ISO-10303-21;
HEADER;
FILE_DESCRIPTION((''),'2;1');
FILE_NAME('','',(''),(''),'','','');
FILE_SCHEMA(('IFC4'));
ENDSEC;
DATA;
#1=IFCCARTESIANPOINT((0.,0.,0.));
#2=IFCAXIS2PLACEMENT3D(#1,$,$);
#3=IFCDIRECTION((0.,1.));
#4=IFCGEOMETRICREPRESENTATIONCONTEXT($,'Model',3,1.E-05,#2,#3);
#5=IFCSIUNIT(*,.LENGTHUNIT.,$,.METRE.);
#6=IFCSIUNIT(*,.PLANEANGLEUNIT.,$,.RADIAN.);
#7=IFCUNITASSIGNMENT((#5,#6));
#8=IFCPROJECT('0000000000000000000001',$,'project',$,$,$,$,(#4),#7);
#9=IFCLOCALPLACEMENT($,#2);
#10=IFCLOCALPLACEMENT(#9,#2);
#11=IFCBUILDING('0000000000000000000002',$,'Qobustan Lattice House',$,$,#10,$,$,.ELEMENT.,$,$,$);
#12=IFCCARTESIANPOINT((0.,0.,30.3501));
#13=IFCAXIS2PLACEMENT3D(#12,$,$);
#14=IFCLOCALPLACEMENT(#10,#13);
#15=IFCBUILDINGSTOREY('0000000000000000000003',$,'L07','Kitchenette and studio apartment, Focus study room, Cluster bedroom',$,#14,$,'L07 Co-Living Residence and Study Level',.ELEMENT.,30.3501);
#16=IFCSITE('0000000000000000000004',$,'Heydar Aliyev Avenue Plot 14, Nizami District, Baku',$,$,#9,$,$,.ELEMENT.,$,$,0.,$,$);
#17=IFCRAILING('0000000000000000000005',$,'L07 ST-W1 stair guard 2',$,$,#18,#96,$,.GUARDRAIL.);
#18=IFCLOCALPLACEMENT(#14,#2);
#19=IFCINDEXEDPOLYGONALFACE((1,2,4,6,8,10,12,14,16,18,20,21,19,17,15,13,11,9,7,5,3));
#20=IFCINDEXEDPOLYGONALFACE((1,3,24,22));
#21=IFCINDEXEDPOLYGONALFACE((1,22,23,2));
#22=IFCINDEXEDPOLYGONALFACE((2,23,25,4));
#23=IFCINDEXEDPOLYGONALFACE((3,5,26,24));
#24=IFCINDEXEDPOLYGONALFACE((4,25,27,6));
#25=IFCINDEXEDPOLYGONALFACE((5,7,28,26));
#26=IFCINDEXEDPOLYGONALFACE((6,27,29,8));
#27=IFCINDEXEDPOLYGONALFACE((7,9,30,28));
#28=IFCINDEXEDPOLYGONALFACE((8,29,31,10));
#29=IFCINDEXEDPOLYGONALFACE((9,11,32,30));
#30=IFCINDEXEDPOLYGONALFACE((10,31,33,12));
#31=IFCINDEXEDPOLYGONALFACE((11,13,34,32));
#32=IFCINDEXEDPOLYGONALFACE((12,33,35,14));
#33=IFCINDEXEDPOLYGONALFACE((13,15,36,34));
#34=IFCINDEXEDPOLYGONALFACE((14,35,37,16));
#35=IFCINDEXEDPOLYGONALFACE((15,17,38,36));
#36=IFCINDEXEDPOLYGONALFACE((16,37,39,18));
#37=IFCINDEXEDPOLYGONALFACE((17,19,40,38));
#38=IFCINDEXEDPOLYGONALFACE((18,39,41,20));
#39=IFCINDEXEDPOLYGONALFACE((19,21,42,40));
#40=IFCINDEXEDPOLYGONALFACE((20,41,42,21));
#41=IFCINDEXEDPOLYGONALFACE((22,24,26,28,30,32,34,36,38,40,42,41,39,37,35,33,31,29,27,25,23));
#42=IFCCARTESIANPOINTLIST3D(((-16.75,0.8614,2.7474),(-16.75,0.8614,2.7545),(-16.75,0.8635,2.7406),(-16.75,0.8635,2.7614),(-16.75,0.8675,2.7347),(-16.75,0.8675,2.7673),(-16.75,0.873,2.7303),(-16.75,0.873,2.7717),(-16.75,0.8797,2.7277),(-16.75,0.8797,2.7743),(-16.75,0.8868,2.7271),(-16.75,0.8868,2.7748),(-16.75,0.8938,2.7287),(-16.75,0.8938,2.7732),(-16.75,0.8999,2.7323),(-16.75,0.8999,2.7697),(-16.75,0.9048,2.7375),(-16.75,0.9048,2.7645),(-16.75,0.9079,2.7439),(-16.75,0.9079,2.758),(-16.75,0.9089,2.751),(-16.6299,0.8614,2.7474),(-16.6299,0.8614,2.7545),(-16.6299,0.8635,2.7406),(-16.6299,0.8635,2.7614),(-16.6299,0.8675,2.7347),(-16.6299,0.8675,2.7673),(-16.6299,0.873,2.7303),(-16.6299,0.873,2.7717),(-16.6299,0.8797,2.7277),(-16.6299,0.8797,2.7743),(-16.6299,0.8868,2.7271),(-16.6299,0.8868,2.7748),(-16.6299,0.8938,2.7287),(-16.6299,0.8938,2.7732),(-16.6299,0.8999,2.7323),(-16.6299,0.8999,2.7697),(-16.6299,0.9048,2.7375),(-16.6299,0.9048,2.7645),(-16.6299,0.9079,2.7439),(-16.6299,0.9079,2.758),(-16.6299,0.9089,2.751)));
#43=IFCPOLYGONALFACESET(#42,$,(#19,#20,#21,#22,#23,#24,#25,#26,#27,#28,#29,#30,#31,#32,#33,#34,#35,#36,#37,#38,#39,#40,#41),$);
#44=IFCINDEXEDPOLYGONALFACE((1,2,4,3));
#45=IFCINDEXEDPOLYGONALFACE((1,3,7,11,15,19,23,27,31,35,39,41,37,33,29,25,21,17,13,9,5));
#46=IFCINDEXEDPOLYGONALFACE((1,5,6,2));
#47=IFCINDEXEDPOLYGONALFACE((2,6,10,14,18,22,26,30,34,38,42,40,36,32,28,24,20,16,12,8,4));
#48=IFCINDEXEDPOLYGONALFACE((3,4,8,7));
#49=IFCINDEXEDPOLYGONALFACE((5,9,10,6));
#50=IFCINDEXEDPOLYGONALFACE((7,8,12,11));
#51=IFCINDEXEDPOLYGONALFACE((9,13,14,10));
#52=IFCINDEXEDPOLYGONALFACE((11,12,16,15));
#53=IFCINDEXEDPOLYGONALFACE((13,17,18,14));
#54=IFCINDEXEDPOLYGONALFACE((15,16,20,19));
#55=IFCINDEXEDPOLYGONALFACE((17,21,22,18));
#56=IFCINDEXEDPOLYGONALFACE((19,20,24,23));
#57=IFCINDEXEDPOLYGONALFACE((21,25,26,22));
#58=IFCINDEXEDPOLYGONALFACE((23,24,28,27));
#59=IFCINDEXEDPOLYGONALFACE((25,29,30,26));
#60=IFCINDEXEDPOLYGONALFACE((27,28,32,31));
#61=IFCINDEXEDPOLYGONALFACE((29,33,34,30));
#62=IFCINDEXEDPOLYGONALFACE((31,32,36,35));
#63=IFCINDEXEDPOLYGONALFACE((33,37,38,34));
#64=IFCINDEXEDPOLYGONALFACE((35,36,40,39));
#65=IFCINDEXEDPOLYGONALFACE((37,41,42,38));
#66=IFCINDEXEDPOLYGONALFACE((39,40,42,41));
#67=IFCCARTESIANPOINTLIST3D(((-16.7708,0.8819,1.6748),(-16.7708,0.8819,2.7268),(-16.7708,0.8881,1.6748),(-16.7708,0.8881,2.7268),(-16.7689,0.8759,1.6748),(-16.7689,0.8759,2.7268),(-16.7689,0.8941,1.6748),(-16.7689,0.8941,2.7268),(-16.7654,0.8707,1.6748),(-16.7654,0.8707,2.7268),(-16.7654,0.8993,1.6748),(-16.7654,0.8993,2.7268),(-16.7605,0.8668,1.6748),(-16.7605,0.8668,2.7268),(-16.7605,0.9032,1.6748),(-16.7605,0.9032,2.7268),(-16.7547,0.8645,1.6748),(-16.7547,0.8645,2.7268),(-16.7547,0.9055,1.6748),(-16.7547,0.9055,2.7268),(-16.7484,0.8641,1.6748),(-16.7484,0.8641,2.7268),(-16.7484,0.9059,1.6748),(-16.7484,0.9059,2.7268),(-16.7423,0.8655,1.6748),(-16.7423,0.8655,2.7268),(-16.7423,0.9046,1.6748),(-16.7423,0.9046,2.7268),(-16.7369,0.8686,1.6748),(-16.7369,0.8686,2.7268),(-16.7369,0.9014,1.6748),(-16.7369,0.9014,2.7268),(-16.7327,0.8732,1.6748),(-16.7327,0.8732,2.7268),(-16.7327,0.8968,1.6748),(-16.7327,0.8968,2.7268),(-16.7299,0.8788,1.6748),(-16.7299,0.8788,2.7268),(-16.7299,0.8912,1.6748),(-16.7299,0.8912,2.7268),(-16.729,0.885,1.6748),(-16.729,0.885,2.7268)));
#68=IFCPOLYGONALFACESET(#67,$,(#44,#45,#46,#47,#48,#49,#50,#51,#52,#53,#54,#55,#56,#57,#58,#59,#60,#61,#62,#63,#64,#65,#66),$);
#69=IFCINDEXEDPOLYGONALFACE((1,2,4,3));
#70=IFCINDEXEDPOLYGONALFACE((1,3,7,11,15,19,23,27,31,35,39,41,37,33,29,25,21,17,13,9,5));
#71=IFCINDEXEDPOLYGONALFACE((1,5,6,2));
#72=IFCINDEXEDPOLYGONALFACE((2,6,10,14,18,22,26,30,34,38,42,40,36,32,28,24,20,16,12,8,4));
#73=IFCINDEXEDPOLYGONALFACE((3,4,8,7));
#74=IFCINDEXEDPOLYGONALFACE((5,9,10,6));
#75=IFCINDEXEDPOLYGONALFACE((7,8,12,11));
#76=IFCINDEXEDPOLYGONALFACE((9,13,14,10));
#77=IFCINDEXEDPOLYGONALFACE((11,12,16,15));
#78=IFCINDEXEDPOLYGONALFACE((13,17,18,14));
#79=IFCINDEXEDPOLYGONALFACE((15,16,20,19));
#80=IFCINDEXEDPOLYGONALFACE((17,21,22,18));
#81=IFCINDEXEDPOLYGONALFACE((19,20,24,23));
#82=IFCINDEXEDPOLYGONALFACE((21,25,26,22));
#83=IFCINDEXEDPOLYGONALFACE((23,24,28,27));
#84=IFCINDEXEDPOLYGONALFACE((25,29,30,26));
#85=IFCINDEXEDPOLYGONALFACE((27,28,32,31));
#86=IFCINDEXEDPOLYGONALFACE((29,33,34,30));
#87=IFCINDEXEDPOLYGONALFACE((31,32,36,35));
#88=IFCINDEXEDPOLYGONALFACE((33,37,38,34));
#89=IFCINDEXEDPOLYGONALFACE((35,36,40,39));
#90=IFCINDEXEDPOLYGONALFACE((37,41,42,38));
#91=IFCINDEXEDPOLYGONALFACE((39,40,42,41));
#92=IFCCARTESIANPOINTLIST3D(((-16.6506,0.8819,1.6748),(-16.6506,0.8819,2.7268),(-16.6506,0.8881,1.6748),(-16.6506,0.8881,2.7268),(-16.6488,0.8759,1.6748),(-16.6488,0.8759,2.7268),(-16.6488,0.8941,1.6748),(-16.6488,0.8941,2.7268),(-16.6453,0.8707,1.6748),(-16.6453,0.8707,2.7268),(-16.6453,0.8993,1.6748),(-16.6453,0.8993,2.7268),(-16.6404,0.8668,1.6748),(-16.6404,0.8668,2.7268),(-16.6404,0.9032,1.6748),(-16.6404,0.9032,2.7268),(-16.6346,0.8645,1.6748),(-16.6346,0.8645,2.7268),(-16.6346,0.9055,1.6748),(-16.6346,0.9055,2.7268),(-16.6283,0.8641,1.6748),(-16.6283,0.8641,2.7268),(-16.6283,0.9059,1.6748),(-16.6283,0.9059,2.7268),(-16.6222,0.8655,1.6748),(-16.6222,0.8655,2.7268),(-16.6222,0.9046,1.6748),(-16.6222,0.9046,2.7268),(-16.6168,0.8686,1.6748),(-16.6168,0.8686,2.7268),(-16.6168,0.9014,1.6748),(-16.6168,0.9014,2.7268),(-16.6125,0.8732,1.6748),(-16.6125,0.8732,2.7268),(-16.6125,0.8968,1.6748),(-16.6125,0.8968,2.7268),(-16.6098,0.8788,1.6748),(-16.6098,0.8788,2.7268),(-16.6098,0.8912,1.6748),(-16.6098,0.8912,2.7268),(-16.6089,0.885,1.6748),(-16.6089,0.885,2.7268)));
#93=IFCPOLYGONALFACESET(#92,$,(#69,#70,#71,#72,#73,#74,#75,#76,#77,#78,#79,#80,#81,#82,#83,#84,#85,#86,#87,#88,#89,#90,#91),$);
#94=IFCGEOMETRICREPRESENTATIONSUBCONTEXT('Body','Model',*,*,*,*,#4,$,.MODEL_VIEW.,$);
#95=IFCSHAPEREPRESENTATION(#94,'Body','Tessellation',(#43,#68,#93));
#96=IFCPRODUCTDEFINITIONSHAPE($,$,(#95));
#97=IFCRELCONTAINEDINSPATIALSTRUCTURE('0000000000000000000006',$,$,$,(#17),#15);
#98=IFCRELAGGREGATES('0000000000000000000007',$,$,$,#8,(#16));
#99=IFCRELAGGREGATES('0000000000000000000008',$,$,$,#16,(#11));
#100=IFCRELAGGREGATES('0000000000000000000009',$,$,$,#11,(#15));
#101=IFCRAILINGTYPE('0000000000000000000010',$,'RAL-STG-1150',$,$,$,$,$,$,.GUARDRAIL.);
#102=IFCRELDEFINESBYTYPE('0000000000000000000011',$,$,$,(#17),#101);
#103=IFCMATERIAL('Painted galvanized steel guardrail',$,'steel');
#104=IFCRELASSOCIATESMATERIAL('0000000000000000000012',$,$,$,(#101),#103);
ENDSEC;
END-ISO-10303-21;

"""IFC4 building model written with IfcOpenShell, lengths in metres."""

from ifc_helpers import new_model, si_unit, direction, frame, origin, origin_2d, place, context, subcontext, project, spatial, circle, extrude, material, type_object, element, save


model = new_model("IFC4")

# Units and contexts
model_context = context("Model", 3, precision=1e-05, world=origin(), true_north=direction((0.0, 1.0)))
body_context = subcontext(model_context, "Body", "Model", "MODEL_VIEW")
ifc_project = project(units=[si_unit("LENGTHUNIT", "METRE"), si_unit("PLANEANGLEUNIT", "RADIAN")], contexts=[model_context])

# Site, building, storey
site_placement = place(None, origin())
site = spatial("IfcSite", under=ifc_project, at=site_placement, Name="Heydar Aliyev Avenue Plot 14, Nizami District, Baku", CompositionType="ELEMENT", RefElevation=0.0)
building_placement = place(site_placement, origin())
building = spatial("IfcBuilding", under=site, at=building_placement, Name="Qobustan Lattice House", CompositionType="ELEMENT")
storey_placement = place(building_placement, frame((0.0, 0.0, 30.3501)))
storey = spatial("IfcBuildingStorey", under=building, at=storey_placement, Name="L07", Description="Kitchenette and studio apartment, Focus study room, Cluster bedroom", LongName="L07 Co-Living Residence and Study Level", CompositionType="ELEMENT", Elevation=30.3501)

# Railing
ifc_material_1 = material(Name="Painted galvanized steel guardrail", Category="steel")
railing_type_1 = type_object("IfcRailingType", Name="RAL-STG-1150", PredefinedType="GUARDRAIL", material=ifc_material_1)
railing_1_placement = place(storey_placement, frame((-16.75, 0.885, 1.6748)))
element("IfcRailing", 1, at=railing_1_placement, inside=storey, type_object=railing_type_1, Name="L07 ST-W1 stair guard 2", PredefinedType="GUARDRAIL", context=body_context, shape_type="SweptSolid", body=[
    extrude(circle(Radius=0.0239, at=origin_2d()), frame((0.0, 0.0, 1.0762), z_axis=(1.0, 0.0, 0.0), x_axis=(0.0, 1.0, 0.0)), (0.0, 0.0, 1.0), 0.1201),
    extrude(circle(Radius=0.021, at=origin_2d()), origin(), (0.0, 0.0, 1.0), 1.052),
    extrude(circle(Radius=0.021, at=origin_2d()), frame((0.1201, 0.0, 0.0)), (0.0, 0.0, 1.0), 1.052),
])

save(model, "model.ifc")
